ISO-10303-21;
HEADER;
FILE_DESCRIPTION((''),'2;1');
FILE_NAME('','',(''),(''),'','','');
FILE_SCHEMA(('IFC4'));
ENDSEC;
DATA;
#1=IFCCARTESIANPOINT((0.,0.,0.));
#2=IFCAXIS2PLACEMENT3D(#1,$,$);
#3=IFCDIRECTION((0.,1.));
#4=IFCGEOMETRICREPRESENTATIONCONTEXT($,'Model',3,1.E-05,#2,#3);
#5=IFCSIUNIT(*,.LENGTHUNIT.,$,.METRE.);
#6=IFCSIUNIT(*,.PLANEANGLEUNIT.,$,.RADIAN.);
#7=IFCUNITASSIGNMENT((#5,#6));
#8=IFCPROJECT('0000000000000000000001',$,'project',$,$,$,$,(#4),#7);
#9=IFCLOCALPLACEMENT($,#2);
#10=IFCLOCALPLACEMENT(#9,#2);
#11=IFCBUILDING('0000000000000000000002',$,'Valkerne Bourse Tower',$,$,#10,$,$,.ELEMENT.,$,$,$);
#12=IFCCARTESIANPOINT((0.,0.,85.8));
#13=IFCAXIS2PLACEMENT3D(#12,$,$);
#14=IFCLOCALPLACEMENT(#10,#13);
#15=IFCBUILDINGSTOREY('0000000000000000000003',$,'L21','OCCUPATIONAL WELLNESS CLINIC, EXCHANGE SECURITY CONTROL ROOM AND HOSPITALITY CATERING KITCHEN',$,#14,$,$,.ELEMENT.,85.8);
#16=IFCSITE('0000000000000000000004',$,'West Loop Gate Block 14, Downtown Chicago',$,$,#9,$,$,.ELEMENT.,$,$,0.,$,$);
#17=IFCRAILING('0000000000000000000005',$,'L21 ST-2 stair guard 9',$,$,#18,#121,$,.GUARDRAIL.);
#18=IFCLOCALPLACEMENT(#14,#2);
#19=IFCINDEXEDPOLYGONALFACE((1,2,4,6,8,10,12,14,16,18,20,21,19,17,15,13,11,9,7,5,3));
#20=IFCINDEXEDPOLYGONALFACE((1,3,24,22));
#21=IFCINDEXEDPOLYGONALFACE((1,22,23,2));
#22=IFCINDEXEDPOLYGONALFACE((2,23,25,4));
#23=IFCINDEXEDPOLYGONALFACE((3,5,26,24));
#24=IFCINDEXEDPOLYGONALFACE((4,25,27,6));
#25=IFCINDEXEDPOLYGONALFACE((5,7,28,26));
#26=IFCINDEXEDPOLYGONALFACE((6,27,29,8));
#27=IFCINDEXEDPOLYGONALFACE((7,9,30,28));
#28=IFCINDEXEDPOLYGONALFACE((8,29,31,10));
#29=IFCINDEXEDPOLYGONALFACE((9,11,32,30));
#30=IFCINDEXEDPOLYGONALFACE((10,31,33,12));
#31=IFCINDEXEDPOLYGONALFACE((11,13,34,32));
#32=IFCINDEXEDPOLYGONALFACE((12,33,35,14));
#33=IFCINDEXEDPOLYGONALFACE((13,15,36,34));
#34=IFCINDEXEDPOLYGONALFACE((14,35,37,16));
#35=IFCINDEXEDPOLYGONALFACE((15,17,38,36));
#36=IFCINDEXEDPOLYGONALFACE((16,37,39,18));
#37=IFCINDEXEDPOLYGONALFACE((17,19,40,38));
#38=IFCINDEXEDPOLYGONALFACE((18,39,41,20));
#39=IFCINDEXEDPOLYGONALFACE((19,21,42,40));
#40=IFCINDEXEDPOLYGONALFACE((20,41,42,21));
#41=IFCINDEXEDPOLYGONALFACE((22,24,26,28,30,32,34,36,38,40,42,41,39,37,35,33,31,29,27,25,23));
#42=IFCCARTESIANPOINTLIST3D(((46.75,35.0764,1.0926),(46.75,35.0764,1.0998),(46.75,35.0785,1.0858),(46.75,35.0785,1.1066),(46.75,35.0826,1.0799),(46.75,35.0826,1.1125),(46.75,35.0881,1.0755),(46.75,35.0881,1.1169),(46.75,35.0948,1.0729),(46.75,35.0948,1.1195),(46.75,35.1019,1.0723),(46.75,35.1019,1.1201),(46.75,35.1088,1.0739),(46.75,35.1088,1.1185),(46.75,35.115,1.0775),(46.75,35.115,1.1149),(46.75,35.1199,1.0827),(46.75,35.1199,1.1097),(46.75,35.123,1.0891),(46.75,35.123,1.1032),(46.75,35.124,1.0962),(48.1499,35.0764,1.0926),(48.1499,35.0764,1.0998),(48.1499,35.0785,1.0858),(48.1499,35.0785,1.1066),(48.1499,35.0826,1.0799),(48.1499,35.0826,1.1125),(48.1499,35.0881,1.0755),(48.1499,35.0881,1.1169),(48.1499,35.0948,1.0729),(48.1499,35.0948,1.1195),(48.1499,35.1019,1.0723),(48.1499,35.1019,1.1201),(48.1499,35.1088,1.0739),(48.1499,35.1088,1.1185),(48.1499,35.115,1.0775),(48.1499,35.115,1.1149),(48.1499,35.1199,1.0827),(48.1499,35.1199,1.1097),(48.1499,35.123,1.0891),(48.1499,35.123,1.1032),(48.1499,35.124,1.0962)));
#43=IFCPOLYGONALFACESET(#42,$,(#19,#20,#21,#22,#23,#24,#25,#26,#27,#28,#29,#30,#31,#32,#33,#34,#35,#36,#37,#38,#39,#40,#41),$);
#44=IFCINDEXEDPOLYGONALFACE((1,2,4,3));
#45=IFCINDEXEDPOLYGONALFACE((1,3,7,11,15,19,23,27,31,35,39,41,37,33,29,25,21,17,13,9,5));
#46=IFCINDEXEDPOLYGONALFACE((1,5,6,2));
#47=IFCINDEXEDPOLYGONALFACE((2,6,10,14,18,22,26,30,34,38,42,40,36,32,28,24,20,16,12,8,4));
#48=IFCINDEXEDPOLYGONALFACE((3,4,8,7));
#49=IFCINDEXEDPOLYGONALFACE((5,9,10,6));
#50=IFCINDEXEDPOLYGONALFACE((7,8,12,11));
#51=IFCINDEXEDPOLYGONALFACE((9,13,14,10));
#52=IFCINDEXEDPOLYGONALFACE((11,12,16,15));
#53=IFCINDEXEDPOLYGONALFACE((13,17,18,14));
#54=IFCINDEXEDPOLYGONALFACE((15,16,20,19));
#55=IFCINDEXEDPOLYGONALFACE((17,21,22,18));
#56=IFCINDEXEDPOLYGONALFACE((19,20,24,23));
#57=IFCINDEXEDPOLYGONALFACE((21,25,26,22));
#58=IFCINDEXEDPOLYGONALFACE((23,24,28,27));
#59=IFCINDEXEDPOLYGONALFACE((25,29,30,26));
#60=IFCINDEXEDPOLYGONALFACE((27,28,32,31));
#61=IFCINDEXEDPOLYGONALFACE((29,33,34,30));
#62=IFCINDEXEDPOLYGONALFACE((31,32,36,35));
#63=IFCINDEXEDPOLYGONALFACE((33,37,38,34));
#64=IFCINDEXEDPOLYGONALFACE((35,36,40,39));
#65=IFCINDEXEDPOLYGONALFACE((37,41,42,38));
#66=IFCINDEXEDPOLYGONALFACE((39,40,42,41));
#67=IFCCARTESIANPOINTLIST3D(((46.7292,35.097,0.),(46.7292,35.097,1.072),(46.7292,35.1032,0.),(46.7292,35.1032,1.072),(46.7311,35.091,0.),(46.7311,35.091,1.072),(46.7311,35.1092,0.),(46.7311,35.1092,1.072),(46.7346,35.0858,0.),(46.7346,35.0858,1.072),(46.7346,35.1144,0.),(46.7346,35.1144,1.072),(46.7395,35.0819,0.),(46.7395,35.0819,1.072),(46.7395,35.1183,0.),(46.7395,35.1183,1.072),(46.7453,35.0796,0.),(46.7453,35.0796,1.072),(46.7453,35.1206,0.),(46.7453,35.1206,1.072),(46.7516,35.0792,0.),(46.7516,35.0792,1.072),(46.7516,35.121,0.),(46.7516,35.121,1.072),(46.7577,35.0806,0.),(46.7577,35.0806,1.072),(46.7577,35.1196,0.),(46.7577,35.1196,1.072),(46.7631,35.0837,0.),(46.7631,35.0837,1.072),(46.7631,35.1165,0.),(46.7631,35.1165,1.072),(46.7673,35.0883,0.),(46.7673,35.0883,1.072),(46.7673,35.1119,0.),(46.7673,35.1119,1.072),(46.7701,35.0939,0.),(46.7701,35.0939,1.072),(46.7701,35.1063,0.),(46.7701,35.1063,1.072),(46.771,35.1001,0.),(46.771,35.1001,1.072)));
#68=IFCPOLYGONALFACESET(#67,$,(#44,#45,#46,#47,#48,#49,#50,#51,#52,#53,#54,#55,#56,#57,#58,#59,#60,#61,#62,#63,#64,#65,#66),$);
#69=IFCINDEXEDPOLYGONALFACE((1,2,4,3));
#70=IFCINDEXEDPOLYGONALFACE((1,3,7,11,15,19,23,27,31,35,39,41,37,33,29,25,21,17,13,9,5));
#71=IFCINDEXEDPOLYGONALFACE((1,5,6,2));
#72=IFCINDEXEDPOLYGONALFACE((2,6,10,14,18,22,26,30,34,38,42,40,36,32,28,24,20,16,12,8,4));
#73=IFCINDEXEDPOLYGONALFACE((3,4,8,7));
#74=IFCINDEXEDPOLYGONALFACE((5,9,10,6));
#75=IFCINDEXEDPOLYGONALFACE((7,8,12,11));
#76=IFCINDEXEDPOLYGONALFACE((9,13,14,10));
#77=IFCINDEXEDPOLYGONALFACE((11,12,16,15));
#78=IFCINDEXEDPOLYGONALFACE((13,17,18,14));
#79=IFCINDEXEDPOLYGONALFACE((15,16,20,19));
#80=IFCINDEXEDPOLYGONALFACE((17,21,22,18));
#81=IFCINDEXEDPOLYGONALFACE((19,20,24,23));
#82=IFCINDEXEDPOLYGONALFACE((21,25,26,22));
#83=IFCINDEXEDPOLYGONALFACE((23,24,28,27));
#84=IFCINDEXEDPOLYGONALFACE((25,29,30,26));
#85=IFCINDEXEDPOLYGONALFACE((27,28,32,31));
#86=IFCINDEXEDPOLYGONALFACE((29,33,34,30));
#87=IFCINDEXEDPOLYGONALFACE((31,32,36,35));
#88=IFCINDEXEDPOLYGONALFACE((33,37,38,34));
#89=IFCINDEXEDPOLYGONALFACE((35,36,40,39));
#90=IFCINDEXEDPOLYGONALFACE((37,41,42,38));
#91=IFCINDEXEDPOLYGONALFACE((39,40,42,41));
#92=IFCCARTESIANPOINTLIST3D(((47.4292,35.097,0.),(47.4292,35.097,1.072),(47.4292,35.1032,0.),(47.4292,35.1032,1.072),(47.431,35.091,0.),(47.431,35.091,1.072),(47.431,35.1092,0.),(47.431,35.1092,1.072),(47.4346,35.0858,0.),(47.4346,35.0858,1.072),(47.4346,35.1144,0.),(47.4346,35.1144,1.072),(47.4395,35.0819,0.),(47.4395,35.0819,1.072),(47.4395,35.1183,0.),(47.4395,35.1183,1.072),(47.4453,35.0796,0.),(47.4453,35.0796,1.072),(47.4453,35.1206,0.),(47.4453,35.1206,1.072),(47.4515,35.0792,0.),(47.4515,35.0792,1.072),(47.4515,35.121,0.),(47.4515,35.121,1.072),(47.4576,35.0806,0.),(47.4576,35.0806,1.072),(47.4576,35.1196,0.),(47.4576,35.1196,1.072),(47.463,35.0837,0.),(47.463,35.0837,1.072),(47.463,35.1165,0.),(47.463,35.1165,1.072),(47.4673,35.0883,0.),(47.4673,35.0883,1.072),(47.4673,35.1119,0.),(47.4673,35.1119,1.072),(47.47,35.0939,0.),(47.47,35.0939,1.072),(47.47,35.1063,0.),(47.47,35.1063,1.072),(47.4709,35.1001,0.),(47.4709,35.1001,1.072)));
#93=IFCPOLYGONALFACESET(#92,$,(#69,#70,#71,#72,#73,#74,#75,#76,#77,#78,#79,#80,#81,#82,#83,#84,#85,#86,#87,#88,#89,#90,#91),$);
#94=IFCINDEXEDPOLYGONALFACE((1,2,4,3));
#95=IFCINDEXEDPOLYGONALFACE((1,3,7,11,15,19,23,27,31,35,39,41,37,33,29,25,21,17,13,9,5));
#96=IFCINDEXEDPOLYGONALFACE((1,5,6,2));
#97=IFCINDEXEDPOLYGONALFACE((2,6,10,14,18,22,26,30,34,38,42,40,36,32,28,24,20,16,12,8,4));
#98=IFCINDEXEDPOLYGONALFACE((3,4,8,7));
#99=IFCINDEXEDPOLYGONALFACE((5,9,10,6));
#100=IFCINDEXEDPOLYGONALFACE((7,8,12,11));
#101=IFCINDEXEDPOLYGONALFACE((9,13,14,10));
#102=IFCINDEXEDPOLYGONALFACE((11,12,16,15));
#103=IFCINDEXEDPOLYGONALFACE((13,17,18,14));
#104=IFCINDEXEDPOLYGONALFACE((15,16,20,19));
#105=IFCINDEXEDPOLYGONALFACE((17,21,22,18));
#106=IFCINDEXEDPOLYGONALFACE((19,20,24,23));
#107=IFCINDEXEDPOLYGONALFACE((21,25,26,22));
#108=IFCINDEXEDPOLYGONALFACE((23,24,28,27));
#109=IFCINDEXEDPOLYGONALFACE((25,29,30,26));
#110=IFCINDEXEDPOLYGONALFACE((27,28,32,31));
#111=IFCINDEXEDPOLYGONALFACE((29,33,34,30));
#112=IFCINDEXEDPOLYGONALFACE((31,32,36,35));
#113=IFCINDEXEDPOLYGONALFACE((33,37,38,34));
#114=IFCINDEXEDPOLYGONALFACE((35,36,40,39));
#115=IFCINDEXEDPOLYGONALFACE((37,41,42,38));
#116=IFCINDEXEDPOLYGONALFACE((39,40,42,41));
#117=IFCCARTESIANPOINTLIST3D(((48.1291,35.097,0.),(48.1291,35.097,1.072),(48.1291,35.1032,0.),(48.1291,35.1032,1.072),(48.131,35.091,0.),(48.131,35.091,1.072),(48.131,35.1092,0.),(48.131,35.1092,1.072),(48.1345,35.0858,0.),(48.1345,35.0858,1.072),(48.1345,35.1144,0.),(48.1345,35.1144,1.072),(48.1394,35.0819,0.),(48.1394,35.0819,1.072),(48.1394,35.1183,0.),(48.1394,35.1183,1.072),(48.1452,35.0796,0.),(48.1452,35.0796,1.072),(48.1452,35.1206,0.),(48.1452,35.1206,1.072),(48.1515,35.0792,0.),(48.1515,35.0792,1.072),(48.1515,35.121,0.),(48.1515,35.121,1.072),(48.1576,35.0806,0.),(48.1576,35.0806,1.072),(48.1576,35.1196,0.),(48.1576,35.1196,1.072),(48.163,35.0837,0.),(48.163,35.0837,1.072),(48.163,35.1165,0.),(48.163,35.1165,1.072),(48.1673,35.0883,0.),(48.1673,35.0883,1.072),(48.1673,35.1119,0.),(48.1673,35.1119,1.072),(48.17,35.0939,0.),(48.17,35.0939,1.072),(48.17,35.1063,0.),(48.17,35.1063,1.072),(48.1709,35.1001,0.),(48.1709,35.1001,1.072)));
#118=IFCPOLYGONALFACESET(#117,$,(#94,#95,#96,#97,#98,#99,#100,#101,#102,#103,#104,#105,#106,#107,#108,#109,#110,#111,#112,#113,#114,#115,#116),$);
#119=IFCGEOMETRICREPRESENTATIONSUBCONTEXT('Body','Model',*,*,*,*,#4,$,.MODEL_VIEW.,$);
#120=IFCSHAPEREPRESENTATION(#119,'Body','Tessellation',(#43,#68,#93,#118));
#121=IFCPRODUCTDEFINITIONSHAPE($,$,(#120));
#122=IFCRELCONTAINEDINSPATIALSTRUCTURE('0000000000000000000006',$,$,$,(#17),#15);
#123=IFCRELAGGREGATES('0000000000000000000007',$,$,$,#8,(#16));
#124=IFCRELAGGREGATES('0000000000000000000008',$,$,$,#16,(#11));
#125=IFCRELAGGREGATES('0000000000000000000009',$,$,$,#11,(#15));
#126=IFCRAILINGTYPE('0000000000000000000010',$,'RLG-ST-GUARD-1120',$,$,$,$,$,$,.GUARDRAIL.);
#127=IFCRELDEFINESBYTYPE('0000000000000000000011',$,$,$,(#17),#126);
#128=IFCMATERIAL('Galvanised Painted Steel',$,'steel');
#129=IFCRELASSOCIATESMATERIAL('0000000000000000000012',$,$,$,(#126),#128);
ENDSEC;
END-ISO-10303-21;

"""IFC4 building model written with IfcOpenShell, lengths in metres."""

from ifc_helpers import new_model, si_unit, direction, frame, origin, origin_2d, place, context, subcontext, project, spatial, circle, extrude, material, type_object, element, save


model = new_model("IFC4")

# Units and contexts
model_context = context("Model", 3, precision=1e-05, world=origin(), true_north=direction((0.0, 1.0)))
body_context = subcontext(model_context, "Body", "Model", "MODEL_VIEW")
ifc_project = project(units=[si_unit("LENGTHUNIT", "METRE"), si_unit("PLANEANGLEUNIT", "RADIAN")], contexts=[model_context])

# Site, building, storey
site_placement = place(None, origin())
site = spatial("IfcSite", under=ifc_project, at=site_placement, Name="West Loop Gate Block 14, Downtown Chicago", CompositionType="ELEMENT", RefElevation=0.0)
building_placement = place(site_placement, origin())
building = spatial("IfcBuilding", under=site, at=building_placement, Name="Valkerne Bourse Tower", CompositionType="ELEMENT")
storey_placement = place(building_placement, frame((0.0, 0.0, 85.8)))
storey = spatial("IfcBuildingStorey", under=building, at=storey_placement, Name="L21", Description="OCCUPATIONAL WELLNESS CLINIC, EXCHANGE SECURITY CONTROL ROOM AND HOSPITALITY CATERING KITCHEN", CompositionType="ELEMENT", Elevation=85.8)

# Shared definitions
ifc_material_1 = material(Name="Galvanised Painted Steel", Category="steel")

# Railing
railing_type_1 = type_object("IfcRailingType", Name="RLG-ST-GUARD-1120", PredefinedType="GUARDRAIL", material=ifc_material_1)
for number, where, name in (
    (1, (46.75, 35.1001, 0.0), "L21 ST-2 stair guard 9"),
):
    element("IfcRailing", number, at=place(storey_placement, frame(where)), inside=storey, type_object=railing_type_1, Name=name, PredefinedType="GUARDRAIL", context=body_context, shape_type="SweptSolid", body=[
        extrude(circle(Radius=0.0239, at=origin_2d()), frame((0.0, 0.0, 1.0962), z_axis=(1.0, 0.0, 0.0), x_axis=(0.0, 1.0, 0.0)), (0.0, 0.0, 1.0), 1.3999),
        extrude(circle(Radius=0.021, at=origin_2d()), origin(), (0.0, 0.0, 1.0), 1.072),
        extrude(circle(Radius=0.021, at=origin_2d()), frame((0.7, 0.0, 0.0)), (0.0, 0.0, 1.0), 1.072),
        extrude(circle(Radius=0.021, at=origin_2d()), frame((1.3999, 0.0, 0.0)), (0.0, 0.0, 1.0), 1.072),
    ])

save(model, "model.ifc")
